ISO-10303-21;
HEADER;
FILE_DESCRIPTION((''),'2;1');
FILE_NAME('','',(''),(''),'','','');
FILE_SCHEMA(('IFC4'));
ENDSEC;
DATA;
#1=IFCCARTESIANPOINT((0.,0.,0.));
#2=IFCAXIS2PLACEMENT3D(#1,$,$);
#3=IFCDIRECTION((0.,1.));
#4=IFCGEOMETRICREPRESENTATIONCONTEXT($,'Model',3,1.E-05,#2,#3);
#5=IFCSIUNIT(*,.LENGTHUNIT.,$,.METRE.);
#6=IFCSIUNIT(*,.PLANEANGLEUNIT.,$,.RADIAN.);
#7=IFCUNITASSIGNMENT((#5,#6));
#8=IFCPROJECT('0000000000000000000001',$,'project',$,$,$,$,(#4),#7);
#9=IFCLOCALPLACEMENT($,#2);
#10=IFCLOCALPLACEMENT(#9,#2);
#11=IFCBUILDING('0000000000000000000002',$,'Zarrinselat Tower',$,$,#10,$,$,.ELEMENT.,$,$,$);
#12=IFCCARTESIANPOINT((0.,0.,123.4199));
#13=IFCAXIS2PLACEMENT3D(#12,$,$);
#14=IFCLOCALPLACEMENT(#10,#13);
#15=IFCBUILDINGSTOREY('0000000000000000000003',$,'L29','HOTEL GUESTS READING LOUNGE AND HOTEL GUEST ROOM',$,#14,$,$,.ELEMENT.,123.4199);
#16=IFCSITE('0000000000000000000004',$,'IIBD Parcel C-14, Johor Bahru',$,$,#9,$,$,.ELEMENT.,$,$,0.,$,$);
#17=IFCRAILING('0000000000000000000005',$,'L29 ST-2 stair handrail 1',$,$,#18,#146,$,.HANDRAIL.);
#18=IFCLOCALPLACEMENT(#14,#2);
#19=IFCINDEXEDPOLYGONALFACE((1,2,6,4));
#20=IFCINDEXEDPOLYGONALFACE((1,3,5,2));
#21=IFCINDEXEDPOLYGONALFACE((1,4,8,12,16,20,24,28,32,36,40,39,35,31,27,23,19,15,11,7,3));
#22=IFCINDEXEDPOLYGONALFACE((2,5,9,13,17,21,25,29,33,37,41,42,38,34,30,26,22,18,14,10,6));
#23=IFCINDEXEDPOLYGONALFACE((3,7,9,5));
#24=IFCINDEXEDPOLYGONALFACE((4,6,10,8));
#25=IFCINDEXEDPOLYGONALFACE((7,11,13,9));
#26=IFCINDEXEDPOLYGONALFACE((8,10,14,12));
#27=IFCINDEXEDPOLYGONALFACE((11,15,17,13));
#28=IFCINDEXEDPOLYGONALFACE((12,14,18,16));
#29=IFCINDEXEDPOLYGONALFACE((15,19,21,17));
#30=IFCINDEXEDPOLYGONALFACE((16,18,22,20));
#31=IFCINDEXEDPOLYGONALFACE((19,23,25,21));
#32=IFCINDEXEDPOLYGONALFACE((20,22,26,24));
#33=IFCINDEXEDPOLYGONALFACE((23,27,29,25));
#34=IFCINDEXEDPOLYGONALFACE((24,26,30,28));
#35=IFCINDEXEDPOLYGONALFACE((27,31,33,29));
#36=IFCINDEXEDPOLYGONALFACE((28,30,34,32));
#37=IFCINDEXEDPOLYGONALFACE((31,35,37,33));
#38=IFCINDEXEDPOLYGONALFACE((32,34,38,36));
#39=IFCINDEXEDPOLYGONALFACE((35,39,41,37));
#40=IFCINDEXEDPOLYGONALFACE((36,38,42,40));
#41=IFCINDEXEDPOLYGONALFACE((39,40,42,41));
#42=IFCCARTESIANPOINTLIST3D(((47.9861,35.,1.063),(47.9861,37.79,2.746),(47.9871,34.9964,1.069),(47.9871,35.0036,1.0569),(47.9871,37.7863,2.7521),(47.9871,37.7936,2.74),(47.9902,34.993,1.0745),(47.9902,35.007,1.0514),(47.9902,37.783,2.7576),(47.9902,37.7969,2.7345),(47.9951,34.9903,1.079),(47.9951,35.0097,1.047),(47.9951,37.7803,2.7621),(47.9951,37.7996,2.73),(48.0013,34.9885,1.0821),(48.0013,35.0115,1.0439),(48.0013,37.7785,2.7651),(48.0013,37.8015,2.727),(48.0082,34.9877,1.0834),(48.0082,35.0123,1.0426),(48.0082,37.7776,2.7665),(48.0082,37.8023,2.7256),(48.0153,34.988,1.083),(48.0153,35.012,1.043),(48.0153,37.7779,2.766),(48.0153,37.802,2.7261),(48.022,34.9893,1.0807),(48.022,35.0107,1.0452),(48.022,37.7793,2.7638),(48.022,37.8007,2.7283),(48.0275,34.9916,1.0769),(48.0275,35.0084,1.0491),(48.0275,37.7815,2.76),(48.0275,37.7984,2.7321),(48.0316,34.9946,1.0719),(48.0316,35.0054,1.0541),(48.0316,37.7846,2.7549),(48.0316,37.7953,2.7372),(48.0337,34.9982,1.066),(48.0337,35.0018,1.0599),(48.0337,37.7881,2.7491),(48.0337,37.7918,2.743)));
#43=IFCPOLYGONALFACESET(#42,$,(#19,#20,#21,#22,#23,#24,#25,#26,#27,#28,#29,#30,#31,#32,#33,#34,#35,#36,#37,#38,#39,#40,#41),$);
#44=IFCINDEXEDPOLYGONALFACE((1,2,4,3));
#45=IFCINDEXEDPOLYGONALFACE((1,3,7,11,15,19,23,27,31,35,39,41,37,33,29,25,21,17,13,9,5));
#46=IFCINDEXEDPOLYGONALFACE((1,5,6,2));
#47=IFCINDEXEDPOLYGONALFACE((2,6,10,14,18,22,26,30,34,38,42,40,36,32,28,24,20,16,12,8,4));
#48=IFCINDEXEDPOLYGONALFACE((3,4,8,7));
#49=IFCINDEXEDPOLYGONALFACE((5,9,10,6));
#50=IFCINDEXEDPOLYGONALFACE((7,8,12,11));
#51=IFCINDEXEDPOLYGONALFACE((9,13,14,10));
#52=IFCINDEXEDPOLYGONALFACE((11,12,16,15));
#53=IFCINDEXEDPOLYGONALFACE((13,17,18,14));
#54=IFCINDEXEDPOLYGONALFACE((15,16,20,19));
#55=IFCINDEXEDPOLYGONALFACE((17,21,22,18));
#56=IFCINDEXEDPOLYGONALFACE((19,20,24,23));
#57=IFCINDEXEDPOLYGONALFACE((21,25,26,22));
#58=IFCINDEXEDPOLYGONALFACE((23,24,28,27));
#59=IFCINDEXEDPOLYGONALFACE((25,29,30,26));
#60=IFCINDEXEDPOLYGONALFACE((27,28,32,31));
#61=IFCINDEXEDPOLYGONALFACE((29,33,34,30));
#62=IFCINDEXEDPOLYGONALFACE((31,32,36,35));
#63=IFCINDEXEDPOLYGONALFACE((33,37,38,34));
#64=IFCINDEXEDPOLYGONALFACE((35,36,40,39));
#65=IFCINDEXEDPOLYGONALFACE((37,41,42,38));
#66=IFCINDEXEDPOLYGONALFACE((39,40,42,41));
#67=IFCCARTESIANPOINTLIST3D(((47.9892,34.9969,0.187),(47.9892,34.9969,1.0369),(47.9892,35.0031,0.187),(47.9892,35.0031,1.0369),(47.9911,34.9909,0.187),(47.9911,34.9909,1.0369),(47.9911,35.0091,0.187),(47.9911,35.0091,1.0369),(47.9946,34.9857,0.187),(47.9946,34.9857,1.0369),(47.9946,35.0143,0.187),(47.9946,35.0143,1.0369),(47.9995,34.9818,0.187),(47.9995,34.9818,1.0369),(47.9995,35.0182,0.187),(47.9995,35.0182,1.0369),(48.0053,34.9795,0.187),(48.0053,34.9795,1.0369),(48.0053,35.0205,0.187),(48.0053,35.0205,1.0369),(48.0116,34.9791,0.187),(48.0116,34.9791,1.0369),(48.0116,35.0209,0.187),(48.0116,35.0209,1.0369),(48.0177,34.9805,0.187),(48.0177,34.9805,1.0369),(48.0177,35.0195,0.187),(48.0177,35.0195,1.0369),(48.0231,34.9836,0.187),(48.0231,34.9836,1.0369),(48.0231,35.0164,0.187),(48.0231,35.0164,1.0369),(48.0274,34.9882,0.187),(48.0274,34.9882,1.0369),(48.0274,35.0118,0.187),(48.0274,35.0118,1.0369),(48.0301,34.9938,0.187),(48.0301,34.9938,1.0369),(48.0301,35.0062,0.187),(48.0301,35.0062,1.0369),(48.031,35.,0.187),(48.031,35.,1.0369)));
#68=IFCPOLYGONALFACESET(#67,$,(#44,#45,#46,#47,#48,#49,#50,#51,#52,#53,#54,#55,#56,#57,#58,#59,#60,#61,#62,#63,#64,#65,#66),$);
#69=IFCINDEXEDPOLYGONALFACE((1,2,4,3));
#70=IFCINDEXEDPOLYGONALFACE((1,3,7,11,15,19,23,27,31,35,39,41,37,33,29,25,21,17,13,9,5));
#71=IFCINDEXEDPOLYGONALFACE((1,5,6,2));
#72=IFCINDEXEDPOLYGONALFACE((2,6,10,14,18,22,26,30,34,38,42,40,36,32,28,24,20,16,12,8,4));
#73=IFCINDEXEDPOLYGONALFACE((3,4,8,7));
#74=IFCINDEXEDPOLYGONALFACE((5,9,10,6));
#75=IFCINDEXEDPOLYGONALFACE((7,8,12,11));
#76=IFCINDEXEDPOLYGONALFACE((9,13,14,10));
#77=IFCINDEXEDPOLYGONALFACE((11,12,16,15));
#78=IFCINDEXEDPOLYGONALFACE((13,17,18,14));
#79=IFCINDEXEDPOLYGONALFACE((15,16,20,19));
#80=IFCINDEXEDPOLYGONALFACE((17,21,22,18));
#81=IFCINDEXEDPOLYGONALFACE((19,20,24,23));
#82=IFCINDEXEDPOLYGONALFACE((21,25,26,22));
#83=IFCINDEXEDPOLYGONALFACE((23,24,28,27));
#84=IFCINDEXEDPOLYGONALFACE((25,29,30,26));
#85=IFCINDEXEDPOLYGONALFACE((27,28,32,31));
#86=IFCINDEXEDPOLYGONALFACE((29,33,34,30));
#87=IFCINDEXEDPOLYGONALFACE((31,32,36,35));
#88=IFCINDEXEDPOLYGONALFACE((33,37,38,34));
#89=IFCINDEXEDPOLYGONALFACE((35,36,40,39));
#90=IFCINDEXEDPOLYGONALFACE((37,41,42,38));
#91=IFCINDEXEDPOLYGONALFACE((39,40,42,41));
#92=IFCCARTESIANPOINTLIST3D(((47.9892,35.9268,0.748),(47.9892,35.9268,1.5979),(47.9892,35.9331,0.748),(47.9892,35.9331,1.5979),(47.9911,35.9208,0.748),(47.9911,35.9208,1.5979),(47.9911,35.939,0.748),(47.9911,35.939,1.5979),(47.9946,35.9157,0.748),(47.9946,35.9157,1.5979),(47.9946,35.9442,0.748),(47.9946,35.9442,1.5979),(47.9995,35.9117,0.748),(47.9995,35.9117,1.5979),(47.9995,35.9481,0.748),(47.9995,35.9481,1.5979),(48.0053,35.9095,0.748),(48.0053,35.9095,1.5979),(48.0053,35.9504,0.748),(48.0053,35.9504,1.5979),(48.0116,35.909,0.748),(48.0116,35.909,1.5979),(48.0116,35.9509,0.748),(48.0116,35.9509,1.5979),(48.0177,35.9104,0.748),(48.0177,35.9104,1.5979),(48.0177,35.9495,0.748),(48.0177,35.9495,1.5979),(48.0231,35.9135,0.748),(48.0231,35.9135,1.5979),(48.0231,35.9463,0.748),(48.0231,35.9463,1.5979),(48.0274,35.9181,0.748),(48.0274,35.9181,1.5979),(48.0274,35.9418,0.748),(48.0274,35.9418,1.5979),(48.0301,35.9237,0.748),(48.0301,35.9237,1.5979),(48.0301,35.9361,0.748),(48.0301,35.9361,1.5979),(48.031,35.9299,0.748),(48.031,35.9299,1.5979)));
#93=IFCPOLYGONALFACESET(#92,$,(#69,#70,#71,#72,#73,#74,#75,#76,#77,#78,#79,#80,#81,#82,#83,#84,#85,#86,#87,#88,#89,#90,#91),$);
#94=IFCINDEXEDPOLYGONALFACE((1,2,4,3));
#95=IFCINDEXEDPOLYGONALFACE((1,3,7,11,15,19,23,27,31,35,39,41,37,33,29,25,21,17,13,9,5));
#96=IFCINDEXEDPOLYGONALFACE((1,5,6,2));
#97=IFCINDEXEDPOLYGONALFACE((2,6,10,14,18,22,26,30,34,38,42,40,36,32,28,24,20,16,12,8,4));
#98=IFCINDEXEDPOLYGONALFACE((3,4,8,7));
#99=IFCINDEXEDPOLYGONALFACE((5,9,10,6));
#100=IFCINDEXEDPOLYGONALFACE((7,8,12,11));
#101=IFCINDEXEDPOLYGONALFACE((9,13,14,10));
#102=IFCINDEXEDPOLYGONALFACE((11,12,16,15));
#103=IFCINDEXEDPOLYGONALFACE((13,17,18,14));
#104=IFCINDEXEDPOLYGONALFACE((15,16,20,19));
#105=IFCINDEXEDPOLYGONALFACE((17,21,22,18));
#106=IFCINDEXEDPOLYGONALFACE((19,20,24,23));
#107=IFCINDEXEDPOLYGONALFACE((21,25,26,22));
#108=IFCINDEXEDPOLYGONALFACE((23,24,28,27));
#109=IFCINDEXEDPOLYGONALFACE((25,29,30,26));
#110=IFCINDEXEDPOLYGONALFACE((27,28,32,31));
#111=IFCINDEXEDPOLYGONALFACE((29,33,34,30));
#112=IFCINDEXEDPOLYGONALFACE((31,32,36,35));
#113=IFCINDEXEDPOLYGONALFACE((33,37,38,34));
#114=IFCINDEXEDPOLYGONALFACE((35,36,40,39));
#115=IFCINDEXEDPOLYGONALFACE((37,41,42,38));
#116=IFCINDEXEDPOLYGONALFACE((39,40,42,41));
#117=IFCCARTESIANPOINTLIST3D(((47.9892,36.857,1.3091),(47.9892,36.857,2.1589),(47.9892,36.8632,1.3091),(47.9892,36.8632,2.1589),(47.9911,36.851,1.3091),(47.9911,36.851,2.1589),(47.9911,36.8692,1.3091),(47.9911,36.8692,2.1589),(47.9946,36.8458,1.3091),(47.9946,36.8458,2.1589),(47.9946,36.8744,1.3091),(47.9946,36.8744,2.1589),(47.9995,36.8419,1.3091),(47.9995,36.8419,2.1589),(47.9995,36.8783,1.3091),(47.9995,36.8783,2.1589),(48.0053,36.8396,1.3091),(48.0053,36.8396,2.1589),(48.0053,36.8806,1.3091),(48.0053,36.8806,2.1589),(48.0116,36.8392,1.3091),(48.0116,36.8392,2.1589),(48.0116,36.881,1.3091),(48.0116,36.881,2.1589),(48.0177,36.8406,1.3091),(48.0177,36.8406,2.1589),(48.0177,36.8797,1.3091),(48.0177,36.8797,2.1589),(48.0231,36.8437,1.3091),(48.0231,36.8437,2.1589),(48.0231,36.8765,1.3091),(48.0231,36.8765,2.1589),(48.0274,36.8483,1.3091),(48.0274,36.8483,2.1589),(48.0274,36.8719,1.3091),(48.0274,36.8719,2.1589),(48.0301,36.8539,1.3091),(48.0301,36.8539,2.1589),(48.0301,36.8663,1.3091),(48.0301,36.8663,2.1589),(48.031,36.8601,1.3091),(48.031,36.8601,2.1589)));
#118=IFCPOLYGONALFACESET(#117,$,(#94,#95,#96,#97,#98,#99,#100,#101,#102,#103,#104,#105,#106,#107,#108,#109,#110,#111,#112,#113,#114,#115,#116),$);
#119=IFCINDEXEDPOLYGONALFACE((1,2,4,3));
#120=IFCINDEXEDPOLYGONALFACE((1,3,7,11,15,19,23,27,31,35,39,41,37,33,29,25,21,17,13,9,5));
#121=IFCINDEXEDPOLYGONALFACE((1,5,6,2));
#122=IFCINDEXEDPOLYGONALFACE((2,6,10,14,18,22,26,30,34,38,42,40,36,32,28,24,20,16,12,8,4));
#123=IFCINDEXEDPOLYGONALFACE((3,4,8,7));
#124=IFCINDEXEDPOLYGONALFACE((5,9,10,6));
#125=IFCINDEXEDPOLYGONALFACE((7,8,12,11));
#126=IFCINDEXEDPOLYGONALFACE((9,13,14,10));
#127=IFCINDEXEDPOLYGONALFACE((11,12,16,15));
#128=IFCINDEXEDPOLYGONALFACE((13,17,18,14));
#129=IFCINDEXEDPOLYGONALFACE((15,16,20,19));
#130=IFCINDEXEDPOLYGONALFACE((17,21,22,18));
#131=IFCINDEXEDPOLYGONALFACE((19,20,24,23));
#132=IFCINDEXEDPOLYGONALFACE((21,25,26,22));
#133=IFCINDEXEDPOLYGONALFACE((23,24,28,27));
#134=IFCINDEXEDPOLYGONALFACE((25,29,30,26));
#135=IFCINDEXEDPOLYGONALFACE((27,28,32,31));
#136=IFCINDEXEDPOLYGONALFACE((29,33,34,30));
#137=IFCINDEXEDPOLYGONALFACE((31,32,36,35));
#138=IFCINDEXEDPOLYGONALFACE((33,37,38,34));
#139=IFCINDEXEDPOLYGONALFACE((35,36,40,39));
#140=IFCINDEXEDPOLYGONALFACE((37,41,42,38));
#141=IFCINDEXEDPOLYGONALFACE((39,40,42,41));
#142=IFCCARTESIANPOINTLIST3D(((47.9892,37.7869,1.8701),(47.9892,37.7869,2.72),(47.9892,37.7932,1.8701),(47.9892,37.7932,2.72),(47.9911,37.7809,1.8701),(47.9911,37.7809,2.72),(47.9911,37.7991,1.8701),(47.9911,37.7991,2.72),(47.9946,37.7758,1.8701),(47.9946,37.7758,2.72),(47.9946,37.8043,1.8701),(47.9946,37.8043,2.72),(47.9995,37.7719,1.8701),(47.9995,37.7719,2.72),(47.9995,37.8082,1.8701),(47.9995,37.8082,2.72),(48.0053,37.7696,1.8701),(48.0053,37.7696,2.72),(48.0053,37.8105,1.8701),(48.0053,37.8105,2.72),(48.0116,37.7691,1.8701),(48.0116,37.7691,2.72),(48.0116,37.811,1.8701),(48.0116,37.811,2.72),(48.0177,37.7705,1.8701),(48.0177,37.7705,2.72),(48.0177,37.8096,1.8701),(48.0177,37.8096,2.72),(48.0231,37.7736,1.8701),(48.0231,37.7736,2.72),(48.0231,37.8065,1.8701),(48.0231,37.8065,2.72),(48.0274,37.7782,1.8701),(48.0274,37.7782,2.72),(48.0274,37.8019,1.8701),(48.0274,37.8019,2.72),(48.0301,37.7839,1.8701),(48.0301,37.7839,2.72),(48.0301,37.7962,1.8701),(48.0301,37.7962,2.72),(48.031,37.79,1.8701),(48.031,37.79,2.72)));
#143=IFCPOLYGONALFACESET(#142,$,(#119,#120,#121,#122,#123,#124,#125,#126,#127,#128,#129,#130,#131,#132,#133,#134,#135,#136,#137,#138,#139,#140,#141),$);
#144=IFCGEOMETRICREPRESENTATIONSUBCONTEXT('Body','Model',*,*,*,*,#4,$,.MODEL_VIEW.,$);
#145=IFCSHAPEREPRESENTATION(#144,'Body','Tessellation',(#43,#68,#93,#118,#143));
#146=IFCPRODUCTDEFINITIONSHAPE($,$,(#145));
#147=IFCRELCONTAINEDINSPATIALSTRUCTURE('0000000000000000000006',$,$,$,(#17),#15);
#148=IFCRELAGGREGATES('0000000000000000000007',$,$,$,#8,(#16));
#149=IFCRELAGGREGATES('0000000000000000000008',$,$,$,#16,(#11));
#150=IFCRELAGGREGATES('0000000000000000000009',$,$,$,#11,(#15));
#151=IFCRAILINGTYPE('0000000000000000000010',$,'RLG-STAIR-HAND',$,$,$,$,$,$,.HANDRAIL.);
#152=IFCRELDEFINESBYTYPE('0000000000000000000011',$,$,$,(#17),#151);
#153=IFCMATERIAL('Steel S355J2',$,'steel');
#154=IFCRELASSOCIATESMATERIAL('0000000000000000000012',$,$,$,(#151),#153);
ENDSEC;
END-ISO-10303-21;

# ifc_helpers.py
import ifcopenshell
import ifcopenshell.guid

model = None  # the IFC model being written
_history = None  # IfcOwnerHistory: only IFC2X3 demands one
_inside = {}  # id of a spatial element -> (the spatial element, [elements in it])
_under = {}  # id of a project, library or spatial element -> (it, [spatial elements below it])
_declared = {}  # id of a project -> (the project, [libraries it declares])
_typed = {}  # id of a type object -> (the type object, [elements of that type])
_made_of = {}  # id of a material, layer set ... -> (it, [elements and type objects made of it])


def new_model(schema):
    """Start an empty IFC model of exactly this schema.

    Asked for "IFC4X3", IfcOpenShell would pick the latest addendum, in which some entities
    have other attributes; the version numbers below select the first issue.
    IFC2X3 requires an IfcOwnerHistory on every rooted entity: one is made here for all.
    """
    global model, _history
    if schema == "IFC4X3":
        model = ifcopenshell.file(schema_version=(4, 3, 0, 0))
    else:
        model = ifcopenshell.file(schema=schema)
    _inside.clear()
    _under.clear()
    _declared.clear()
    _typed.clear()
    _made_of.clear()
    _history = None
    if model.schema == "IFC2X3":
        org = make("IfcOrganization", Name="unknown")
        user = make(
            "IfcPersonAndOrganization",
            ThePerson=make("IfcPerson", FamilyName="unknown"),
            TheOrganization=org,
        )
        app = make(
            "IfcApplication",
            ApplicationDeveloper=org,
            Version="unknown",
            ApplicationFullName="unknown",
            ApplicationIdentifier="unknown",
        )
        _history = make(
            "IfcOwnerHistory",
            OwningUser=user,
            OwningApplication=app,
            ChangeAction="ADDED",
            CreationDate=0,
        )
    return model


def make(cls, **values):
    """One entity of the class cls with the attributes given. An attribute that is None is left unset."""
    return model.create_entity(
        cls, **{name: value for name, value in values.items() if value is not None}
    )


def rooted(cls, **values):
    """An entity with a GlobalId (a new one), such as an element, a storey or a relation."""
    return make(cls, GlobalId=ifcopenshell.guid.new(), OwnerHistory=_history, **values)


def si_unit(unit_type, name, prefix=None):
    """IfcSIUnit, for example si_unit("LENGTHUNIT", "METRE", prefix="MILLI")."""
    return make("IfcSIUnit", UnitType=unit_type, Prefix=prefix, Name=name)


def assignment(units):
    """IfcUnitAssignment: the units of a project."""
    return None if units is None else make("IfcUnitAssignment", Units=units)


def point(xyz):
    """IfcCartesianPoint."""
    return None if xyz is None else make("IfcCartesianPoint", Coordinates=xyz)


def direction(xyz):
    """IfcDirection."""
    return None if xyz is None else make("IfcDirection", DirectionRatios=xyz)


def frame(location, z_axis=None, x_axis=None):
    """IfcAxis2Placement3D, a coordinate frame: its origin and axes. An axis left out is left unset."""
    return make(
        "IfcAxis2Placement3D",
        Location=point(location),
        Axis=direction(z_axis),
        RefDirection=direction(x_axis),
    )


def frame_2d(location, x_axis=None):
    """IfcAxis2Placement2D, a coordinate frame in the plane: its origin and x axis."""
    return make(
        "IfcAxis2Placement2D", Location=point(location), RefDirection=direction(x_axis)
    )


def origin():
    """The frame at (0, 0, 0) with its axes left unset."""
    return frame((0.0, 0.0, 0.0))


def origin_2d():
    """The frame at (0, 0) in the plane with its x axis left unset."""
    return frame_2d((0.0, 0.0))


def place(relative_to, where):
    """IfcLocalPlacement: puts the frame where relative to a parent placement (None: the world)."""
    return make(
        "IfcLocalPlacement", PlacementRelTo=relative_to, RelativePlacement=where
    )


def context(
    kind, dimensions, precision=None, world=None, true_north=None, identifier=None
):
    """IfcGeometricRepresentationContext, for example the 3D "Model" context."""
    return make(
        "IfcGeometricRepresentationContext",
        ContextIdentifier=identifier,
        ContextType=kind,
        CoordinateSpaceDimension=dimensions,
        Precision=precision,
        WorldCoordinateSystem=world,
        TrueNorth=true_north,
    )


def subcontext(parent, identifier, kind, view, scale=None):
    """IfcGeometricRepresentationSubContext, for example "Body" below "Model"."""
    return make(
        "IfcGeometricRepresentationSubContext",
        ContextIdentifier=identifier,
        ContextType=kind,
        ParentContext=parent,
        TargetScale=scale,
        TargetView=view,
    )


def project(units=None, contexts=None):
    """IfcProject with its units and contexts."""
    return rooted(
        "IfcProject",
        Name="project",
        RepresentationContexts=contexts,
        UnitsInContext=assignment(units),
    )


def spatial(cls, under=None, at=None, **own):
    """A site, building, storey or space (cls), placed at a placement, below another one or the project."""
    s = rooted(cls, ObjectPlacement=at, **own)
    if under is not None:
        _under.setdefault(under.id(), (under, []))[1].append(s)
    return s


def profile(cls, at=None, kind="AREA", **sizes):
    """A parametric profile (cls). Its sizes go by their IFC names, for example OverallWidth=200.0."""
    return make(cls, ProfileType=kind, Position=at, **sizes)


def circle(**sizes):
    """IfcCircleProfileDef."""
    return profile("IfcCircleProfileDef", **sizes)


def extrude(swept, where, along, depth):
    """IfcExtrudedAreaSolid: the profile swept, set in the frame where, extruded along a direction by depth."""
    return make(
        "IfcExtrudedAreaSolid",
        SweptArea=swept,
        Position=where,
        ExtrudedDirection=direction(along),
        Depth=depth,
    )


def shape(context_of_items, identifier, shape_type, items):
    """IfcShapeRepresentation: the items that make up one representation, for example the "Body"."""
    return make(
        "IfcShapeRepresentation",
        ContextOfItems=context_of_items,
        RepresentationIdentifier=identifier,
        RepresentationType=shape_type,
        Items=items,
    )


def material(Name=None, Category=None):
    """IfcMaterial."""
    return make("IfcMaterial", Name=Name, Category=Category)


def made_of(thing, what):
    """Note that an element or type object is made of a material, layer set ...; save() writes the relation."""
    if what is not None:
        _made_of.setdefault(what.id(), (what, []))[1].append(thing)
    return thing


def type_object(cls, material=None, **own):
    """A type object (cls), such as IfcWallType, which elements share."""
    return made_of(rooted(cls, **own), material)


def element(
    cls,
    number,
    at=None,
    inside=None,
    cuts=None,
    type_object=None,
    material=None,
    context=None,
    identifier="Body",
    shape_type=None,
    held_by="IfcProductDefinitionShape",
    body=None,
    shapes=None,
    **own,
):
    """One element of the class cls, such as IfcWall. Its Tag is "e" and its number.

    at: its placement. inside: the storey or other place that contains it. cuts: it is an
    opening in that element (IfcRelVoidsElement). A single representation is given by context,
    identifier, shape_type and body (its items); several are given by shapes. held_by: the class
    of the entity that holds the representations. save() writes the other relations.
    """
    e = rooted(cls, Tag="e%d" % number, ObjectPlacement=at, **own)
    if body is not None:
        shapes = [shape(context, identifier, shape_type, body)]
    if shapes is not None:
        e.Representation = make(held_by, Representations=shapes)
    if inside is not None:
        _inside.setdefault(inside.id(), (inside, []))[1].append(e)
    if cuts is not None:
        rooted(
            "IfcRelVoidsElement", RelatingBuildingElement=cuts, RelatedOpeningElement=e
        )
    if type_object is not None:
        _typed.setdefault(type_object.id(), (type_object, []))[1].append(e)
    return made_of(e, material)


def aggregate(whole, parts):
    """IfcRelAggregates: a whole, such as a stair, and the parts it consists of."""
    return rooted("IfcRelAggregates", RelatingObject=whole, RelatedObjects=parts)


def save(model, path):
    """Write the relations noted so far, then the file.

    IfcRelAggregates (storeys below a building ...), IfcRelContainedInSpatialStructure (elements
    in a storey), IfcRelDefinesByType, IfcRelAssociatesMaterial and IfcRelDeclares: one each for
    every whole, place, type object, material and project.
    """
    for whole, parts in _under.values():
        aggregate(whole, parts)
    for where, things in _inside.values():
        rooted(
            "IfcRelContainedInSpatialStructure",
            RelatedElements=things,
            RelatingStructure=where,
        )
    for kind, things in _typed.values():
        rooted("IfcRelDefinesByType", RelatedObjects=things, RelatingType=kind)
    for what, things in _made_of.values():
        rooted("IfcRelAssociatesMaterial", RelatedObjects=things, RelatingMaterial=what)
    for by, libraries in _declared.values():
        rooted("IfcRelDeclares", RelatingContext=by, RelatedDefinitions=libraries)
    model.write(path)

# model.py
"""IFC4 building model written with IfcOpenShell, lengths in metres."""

from ifc_helpers import new_model, si_unit, direction, frame, origin, origin_2d, place, context, subcontext, project, spatial, circle, extrude, material, type_object, element, save


model = new_model("IFC4")

# Units and contexts
model_context = context("Model", 3, precision=1e-05, world=origin(), true_north=direction((0.0, 1.0)))
body_context = subcontext(model_context, "Body", "Model", "MODEL_VIEW")
ifc_project = project(units=[si_unit("LENGTHUNIT", "METRE"), si_unit("PLANEANGLEUNIT", "RADIAN")], contexts=[model_context])

# Site, building, storey
site_placement = place(None, origin())
site = spatial("IfcSite", under=ifc_project, at=site_placement, Name="IIBD Parcel C-14, Johor Bahru", CompositionType="ELEMENT", RefElevation=0.0)
building_placement = place(site_placement, origin())
building = spatial("IfcBuilding", under=site, at=building_placement, Name="Zarrinselat Tower", CompositionType="ELEMENT")
storey_placement = place(building_placement, frame((0.0, 0.0, 123.4199)))
storey = spatial("IfcBuildingStorey", under=building, at=storey_placement, Name="L29", Description="HOTEL GUESTS READING LOUNGE AND HOTEL GUEST ROOM", CompositionType="ELEMENT", Elevation=123.4199)

# Railing
ifc_material_1 = material(Name="Steel S355J2", Category="steel")
railing_type_1 = type_object("IfcRailingType", Name="RLG-STAIR-HAND", PredefinedType="HANDRAIL", material=ifc_material_1)
railing_1_placement = place(storey_placement, frame((48.01, 35.0, 0.187)))
element("IfcRailing", 1, at=railing_1_placement, inside=storey, type_object=railing_type_1, Name="L29 ST-2 stair handrail 1", PredefinedType="HANDRAIL", context=body_context, shape_type="SweptSolid", body=[
    extrude(circle(Radius=0.0239, at=origin_2d()), frame((0.0, 0.0, 0.876), z_axis=(0.0, 0.856261, 0.516544), x_axis=(-1.0, 0.0, 0.0)), (0.0, 0.0, 1.0), 3.2583),
    extrude(circle(Radius=0.021, at=origin_2d()), origin(), (0.0, 0.0, 1.0), 0.8499),
    extrude(circle(Radius=0.021, at=origin_2d()), frame((0.0, 0.9299, 0.561)), (0.0, 0.0, 1.0), 0.8499),
    extrude(circle(Radius=0.021, at=origin_2d()), frame((0.0, 1.8601, 1.1221)), (0.0, 0.0, 1.0), 0.8499),
    extrude(circle(Radius=0.021, at=origin_2d()), frame((0.0, 2.79, 1.6831)), (0.0, 0.0, 1.0), 0.8499),
])

save(model, "model.ifc")
